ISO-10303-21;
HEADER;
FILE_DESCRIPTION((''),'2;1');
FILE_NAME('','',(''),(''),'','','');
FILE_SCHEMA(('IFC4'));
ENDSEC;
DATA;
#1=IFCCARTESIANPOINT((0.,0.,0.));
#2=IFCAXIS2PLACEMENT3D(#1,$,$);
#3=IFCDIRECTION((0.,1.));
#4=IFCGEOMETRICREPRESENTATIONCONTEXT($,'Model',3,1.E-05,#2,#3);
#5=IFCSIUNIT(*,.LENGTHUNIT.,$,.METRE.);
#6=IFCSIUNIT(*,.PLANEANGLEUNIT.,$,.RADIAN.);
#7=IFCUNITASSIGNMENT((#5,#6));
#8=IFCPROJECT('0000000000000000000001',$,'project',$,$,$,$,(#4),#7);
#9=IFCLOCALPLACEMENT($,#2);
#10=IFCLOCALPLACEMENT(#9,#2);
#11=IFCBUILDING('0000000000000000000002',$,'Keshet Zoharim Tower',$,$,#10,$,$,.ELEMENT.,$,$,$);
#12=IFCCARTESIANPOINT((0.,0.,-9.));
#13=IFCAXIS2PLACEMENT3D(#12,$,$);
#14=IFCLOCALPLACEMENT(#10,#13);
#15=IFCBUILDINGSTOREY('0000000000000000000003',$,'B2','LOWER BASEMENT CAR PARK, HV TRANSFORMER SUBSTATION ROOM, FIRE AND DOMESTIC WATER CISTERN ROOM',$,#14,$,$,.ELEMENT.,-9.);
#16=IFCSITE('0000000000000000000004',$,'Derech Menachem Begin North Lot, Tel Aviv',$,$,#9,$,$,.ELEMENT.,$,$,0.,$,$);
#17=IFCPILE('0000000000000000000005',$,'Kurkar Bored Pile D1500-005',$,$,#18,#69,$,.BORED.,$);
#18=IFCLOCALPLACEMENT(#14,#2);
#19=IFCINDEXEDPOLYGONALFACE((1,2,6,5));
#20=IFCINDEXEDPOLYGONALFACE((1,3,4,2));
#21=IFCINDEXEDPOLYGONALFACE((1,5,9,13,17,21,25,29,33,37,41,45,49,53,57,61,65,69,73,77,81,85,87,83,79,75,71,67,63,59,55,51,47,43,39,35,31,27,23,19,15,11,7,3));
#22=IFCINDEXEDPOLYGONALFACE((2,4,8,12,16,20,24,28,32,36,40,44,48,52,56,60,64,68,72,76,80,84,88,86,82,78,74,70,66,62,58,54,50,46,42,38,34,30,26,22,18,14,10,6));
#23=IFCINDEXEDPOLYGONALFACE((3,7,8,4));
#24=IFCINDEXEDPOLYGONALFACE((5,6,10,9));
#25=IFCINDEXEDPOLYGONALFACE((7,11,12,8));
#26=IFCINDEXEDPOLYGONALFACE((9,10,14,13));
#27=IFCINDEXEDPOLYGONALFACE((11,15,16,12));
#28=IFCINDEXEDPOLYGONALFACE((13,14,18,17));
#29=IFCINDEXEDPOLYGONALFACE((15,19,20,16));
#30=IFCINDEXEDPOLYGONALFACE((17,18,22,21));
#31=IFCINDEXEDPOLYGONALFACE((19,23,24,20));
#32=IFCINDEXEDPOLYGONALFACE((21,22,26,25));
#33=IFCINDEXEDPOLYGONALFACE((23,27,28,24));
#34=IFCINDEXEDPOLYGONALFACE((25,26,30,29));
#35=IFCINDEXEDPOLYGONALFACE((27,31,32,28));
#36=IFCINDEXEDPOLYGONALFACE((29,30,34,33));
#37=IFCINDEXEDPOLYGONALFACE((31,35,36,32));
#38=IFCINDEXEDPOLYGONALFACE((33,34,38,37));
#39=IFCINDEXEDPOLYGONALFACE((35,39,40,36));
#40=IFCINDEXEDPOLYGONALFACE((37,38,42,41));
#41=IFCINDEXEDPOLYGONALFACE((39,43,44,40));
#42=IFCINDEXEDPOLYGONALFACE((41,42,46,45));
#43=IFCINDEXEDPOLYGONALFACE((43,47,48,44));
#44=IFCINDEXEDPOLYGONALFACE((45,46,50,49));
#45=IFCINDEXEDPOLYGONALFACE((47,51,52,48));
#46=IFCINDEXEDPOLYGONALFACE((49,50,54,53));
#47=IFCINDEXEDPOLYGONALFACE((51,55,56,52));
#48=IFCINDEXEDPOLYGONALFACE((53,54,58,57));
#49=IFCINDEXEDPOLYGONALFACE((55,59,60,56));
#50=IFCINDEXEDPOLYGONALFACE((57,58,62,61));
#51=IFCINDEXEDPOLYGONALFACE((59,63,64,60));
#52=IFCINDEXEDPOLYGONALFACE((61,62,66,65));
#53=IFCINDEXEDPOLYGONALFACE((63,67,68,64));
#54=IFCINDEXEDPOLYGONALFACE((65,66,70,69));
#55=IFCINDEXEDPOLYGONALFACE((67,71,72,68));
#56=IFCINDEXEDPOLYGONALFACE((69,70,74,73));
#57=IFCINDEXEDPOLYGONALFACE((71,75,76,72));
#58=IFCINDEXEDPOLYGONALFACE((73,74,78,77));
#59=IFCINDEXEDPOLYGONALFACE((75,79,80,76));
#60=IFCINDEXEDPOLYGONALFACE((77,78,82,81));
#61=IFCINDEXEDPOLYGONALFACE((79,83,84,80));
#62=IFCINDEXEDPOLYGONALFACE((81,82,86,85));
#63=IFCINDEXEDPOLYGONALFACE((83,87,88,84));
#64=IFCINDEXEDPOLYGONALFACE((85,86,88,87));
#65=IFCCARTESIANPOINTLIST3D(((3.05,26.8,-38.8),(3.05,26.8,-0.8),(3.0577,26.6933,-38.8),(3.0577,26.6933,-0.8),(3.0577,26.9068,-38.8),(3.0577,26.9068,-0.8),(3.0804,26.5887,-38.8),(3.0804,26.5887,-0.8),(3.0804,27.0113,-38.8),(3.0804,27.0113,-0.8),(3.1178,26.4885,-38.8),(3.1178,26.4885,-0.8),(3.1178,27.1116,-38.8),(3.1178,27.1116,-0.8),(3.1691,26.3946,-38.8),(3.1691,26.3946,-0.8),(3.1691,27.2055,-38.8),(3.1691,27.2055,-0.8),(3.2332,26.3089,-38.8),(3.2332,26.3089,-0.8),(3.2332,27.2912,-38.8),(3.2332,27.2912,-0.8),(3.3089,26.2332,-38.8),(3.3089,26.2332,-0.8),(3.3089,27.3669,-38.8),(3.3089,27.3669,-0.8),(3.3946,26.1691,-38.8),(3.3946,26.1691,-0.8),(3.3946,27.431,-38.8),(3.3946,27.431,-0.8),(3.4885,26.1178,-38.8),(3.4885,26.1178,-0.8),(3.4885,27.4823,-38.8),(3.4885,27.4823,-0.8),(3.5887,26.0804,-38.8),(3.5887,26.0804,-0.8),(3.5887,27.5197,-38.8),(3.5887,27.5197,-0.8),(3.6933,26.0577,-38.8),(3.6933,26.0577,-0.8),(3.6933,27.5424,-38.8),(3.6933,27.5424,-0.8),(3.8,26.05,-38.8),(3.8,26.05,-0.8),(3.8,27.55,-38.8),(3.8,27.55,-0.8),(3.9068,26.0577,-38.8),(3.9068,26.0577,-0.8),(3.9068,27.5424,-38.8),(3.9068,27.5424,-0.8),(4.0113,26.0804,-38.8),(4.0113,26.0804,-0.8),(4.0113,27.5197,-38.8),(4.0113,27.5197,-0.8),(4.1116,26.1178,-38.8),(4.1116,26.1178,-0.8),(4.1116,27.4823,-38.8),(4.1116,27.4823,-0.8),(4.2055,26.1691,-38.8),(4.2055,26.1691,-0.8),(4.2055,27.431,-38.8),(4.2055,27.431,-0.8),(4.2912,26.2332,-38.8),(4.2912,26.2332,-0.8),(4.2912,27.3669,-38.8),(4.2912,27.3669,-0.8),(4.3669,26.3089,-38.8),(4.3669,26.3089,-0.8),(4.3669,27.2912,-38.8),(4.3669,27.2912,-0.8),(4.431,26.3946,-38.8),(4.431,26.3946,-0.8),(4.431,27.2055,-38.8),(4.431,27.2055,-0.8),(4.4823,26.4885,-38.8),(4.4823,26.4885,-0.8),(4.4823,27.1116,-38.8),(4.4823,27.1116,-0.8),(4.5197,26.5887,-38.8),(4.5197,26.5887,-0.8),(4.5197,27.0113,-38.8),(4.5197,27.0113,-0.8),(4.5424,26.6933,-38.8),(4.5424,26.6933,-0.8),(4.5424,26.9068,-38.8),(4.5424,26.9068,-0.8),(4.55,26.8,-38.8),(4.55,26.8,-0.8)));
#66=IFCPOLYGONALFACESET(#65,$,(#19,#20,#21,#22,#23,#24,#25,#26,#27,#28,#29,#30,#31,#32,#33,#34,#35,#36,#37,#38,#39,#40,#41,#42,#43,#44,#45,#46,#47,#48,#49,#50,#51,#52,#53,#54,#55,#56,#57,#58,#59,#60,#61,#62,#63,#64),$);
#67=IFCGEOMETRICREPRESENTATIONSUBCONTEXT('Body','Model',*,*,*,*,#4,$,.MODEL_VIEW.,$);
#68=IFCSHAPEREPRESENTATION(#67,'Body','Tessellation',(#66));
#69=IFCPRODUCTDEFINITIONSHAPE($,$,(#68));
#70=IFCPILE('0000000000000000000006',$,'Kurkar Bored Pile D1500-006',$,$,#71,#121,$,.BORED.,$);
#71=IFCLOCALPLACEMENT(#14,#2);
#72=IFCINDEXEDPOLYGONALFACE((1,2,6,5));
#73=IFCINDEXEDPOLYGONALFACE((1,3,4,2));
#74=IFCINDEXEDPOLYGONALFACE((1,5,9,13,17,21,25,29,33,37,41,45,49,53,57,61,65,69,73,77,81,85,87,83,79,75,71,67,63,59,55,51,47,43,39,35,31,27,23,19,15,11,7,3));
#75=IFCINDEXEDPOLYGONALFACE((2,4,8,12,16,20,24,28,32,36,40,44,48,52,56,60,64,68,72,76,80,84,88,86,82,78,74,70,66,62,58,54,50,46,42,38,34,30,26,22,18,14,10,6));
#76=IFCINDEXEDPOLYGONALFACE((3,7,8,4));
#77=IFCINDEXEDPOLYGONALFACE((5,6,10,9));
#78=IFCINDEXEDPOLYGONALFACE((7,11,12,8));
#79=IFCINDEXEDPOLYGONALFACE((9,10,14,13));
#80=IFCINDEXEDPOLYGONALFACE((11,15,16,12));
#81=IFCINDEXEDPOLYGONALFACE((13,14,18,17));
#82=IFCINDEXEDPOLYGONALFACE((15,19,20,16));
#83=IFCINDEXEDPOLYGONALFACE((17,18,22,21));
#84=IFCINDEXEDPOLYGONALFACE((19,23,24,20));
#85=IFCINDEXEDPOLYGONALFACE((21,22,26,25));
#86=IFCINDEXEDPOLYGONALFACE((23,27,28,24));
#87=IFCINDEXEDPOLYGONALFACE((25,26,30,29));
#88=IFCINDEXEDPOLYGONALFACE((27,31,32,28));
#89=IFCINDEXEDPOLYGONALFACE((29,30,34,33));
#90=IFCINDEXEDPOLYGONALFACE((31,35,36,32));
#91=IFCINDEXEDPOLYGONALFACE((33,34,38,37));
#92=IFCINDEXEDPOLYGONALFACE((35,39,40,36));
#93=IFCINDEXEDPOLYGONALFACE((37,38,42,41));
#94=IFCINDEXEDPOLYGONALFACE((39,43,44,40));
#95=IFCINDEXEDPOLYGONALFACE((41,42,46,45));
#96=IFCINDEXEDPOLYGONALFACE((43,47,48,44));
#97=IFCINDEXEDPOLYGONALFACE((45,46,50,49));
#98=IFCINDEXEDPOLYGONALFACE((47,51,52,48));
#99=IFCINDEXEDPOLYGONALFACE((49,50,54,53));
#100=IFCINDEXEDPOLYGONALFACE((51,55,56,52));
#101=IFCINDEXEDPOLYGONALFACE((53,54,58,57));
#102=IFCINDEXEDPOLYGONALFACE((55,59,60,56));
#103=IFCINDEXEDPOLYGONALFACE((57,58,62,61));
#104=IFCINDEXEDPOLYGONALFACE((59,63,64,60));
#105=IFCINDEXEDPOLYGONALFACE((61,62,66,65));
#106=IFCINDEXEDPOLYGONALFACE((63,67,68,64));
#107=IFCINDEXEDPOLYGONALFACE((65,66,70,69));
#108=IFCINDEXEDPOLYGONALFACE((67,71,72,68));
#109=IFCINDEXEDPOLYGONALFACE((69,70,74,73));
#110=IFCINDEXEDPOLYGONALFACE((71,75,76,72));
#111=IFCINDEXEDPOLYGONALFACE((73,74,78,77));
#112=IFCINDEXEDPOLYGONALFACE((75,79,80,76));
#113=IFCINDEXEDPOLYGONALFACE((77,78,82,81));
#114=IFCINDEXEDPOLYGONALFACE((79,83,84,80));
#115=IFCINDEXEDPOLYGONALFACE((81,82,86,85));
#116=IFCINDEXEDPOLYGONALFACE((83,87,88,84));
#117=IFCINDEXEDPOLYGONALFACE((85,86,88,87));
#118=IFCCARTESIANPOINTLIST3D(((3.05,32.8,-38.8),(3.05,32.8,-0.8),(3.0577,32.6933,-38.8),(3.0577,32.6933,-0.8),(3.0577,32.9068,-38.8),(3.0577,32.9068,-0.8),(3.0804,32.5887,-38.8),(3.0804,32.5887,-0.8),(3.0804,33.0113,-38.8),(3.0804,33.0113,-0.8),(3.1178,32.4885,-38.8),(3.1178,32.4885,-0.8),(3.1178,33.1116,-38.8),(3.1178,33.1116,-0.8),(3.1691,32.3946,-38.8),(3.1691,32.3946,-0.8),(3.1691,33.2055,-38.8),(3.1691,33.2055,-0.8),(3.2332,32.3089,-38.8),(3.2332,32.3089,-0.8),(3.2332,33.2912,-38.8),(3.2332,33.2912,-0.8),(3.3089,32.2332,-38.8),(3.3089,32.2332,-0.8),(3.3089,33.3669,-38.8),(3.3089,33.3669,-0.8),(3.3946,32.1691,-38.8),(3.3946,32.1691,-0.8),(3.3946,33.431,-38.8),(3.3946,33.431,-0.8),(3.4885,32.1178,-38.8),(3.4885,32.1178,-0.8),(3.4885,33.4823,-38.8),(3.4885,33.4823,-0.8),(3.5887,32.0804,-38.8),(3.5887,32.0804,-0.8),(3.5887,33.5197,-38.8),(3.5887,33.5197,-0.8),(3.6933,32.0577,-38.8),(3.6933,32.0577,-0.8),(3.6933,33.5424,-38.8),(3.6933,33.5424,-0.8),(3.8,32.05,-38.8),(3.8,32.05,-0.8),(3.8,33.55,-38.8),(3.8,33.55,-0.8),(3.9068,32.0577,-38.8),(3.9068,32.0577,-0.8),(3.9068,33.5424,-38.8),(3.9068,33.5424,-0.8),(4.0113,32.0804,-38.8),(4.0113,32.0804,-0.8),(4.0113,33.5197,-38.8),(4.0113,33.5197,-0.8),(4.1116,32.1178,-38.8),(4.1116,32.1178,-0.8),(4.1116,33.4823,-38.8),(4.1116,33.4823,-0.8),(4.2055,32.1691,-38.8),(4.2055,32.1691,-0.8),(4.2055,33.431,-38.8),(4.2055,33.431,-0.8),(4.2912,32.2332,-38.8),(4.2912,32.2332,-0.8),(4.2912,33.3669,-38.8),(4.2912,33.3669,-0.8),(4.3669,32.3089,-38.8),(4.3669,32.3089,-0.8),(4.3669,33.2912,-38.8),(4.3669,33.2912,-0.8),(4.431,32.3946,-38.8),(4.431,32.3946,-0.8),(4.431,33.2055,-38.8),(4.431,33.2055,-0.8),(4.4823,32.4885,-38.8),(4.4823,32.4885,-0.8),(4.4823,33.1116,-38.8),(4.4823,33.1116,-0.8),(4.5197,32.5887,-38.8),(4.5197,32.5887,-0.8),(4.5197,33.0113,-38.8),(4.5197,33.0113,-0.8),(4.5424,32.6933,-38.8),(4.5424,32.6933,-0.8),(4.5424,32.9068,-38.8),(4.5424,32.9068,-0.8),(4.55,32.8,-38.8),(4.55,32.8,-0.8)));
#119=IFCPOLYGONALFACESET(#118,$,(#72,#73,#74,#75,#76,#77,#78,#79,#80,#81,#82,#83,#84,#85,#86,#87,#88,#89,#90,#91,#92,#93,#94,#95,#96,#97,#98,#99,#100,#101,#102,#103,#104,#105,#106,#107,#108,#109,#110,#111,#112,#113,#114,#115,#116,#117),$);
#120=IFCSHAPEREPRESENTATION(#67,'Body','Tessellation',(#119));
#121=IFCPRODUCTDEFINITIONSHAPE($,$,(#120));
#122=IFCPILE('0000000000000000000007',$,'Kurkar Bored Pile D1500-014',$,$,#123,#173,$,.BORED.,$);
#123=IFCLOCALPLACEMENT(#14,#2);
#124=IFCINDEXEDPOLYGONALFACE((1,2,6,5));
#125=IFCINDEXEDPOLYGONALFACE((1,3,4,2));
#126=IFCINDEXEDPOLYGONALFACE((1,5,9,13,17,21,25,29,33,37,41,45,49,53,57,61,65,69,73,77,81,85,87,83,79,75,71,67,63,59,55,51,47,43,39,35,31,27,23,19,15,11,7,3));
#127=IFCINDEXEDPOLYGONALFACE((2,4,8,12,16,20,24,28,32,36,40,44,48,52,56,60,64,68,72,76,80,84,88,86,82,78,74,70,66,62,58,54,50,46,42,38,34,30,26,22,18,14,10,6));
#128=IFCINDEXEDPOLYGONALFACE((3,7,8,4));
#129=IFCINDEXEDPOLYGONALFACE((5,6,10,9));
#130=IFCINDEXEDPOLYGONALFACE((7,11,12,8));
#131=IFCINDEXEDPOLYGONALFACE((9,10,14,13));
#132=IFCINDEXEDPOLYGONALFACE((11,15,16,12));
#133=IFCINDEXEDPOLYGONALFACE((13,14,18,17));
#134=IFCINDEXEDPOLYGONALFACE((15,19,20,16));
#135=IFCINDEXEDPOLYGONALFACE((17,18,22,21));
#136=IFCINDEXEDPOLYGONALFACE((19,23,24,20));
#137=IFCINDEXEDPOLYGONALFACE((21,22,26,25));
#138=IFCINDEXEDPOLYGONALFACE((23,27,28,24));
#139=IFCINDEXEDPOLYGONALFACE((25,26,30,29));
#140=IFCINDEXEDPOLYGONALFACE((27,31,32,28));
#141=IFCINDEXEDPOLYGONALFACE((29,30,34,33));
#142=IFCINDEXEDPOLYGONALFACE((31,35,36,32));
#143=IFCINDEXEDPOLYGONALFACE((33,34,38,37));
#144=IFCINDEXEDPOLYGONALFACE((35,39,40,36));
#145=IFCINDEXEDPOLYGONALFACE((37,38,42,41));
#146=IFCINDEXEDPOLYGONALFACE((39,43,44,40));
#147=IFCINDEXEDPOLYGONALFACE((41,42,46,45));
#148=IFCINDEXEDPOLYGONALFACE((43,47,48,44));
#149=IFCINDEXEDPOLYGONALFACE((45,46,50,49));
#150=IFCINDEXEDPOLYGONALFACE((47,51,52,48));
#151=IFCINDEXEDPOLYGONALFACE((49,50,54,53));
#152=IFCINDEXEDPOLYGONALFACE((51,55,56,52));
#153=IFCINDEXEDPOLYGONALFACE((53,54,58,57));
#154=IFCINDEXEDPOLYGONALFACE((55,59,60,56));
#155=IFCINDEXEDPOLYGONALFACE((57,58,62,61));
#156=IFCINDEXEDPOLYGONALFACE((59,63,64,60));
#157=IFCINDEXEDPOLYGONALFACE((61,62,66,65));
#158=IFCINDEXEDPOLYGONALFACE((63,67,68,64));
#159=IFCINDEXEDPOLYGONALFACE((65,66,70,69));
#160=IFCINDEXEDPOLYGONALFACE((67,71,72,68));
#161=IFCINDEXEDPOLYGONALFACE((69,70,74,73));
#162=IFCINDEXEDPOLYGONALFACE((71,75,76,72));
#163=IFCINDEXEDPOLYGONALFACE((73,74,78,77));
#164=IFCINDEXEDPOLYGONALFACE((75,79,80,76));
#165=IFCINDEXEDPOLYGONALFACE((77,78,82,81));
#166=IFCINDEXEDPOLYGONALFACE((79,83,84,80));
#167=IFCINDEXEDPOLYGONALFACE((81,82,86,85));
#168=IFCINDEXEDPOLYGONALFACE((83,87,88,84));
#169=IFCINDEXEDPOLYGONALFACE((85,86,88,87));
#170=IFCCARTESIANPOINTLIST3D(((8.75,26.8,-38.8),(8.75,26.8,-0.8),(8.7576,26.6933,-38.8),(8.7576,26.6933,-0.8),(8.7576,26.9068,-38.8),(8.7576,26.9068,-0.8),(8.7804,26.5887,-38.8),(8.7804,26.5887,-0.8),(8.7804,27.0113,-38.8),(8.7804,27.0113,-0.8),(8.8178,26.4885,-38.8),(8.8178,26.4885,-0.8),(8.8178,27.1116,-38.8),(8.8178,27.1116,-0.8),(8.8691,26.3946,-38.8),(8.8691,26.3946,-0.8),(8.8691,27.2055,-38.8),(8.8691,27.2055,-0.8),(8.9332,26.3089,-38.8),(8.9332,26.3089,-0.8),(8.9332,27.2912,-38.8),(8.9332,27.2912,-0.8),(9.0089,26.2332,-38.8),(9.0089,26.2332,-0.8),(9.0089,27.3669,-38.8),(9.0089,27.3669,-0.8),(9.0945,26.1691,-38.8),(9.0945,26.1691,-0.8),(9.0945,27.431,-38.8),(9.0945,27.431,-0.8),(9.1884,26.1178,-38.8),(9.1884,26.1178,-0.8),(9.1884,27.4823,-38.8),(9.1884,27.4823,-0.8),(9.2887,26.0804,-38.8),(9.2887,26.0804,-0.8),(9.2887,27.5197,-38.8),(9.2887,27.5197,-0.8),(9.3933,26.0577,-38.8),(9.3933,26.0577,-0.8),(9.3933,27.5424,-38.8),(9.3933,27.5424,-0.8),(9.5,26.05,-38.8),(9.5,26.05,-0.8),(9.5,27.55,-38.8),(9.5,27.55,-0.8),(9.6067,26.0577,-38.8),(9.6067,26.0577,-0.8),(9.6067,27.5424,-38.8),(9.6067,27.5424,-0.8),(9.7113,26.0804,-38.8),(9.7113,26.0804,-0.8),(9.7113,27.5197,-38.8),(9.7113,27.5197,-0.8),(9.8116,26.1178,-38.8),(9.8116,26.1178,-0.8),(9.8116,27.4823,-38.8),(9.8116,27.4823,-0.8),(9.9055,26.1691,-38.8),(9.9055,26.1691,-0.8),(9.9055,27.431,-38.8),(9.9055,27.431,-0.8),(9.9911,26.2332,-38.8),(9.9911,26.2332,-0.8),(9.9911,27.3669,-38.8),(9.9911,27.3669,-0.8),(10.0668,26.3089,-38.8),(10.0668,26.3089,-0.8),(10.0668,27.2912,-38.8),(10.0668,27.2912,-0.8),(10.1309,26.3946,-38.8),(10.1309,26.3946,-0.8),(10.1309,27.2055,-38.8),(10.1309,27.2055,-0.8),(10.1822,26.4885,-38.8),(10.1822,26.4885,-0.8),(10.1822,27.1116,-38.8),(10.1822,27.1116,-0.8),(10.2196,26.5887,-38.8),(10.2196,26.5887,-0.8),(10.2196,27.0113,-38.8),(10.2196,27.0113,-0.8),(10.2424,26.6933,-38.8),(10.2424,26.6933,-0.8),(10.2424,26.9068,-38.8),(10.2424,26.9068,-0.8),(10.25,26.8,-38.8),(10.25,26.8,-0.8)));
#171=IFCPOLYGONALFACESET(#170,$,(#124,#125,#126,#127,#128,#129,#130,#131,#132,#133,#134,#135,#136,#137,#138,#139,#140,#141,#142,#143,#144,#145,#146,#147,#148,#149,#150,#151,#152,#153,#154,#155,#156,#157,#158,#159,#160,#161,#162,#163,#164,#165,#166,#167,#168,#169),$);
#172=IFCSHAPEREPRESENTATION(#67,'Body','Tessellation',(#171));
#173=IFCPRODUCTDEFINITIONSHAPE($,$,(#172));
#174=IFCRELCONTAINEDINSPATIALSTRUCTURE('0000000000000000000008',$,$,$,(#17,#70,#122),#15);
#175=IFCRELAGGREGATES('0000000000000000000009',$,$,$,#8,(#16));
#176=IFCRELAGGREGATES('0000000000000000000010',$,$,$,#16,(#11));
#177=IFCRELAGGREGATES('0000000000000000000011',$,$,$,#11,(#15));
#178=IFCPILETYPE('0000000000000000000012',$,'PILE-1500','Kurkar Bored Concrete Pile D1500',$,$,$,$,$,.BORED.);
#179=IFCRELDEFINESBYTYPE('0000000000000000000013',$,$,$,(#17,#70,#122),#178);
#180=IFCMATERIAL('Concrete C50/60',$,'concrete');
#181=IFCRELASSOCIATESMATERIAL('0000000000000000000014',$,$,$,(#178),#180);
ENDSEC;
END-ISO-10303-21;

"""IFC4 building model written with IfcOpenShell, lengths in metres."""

from ifc_helpers import new_model, si_unit, direction, frame, origin, origin_2d, place, context, subcontext, project, spatial, circle, extrude, material, material_profile, profile_set, type_object, element, save


model = new_model("IFC4")

# Units and contexts
model_context = context("Model", 3, precision=1e-05, world=origin(), true_north=direction((0.0, 1.0)))
body_context = subcontext(model_context, "Body", "Model", "MODEL_VIEW")
ifc_project = project(units=[si_unit("LENGTHUNIT", "METRE"), si_unit("PLANEANGLEUNIT", "RADIAN")], contexts=[model_context])

# Site, building, storey
site_placement = place(None, origin())
site = spatial("IfcSite", under=ifc_project, at=site_placement, Name="Derech Menachem Begin North Lot, Tel Aviv", CompositionType="ELEMENT", RefElevation=0.0)
building_placement = place(site_placement, origin())
building = spatial("IfcBuilding", under=site, at=building_placement, Name="Keshet Zoharim Tower", CompositionType="ELEMENT")
storey_placement = place(building_placement, frame((0.0, 0.0, -9.0)))
storey = spatial("IfcBuildingStorey", under=building, at=storey_placement, Name="B2", Description="LOWER BASEMENT CAR PARK, HV TRANSFORMER SUBSTATION ROOM, FIRE AND DOMESTIC WATER CISTERN ROOM", CompositionType="ELEMENT", Elevation=-9.0)

# Piles
ifc_material_1 = material(Name="Concrete C50/60", Category="concrete")
ifc_material_profile_1 = material_profile(ifc_material_1, circle(Radius=0.75, at=origin_2d()), Name="PILE-D1500")
ifc_profile_set_1 = profile_set([ifc_material_profile_1], Name="Concrete C50/60")
pile_type = type_object("IfcPileType", Name="PILE-1500", Description="Kurkar Bored Concrete Pile D1500", PredefinedType="BORED", material=ifc_profile_set_1)
for number, where, z_axis, x_axis, name in (
    (1, (3.8, 26.8, -0.8), (0.0, 0.0, -1.0), (1.0, 0.0, 0.0), "Kurkar Bored Pile D1500-005"),
    (2, (3.8, 32.8, -0.8), (0.0, 0.0, -1.0), (1.0, 0.0, 0.0), "Kurkar Bored Pile D1500-006"),
    (3, (9.5, 26.8, -0.8), (0.0, 0.0, -1.0), (1.0, 0.0, 0.0), "Kurkar Bored Pile D1500-014"),
):
    element("IfcPile", number, at=place(storey_placement, frame(where, z_axis=z_axis, x_axis=x_axis)), inside=storey, type_object=pile_type, Name=name, PredefinedType="BORED", context=body_context, shape_type="SweptSolid", body=[
        extrude(circle(Radius=0.75, at=origin_2d()), origin(), (0.0, 0.0, 1.0), 38.0),
    ])

save(model, "model.ifc")
